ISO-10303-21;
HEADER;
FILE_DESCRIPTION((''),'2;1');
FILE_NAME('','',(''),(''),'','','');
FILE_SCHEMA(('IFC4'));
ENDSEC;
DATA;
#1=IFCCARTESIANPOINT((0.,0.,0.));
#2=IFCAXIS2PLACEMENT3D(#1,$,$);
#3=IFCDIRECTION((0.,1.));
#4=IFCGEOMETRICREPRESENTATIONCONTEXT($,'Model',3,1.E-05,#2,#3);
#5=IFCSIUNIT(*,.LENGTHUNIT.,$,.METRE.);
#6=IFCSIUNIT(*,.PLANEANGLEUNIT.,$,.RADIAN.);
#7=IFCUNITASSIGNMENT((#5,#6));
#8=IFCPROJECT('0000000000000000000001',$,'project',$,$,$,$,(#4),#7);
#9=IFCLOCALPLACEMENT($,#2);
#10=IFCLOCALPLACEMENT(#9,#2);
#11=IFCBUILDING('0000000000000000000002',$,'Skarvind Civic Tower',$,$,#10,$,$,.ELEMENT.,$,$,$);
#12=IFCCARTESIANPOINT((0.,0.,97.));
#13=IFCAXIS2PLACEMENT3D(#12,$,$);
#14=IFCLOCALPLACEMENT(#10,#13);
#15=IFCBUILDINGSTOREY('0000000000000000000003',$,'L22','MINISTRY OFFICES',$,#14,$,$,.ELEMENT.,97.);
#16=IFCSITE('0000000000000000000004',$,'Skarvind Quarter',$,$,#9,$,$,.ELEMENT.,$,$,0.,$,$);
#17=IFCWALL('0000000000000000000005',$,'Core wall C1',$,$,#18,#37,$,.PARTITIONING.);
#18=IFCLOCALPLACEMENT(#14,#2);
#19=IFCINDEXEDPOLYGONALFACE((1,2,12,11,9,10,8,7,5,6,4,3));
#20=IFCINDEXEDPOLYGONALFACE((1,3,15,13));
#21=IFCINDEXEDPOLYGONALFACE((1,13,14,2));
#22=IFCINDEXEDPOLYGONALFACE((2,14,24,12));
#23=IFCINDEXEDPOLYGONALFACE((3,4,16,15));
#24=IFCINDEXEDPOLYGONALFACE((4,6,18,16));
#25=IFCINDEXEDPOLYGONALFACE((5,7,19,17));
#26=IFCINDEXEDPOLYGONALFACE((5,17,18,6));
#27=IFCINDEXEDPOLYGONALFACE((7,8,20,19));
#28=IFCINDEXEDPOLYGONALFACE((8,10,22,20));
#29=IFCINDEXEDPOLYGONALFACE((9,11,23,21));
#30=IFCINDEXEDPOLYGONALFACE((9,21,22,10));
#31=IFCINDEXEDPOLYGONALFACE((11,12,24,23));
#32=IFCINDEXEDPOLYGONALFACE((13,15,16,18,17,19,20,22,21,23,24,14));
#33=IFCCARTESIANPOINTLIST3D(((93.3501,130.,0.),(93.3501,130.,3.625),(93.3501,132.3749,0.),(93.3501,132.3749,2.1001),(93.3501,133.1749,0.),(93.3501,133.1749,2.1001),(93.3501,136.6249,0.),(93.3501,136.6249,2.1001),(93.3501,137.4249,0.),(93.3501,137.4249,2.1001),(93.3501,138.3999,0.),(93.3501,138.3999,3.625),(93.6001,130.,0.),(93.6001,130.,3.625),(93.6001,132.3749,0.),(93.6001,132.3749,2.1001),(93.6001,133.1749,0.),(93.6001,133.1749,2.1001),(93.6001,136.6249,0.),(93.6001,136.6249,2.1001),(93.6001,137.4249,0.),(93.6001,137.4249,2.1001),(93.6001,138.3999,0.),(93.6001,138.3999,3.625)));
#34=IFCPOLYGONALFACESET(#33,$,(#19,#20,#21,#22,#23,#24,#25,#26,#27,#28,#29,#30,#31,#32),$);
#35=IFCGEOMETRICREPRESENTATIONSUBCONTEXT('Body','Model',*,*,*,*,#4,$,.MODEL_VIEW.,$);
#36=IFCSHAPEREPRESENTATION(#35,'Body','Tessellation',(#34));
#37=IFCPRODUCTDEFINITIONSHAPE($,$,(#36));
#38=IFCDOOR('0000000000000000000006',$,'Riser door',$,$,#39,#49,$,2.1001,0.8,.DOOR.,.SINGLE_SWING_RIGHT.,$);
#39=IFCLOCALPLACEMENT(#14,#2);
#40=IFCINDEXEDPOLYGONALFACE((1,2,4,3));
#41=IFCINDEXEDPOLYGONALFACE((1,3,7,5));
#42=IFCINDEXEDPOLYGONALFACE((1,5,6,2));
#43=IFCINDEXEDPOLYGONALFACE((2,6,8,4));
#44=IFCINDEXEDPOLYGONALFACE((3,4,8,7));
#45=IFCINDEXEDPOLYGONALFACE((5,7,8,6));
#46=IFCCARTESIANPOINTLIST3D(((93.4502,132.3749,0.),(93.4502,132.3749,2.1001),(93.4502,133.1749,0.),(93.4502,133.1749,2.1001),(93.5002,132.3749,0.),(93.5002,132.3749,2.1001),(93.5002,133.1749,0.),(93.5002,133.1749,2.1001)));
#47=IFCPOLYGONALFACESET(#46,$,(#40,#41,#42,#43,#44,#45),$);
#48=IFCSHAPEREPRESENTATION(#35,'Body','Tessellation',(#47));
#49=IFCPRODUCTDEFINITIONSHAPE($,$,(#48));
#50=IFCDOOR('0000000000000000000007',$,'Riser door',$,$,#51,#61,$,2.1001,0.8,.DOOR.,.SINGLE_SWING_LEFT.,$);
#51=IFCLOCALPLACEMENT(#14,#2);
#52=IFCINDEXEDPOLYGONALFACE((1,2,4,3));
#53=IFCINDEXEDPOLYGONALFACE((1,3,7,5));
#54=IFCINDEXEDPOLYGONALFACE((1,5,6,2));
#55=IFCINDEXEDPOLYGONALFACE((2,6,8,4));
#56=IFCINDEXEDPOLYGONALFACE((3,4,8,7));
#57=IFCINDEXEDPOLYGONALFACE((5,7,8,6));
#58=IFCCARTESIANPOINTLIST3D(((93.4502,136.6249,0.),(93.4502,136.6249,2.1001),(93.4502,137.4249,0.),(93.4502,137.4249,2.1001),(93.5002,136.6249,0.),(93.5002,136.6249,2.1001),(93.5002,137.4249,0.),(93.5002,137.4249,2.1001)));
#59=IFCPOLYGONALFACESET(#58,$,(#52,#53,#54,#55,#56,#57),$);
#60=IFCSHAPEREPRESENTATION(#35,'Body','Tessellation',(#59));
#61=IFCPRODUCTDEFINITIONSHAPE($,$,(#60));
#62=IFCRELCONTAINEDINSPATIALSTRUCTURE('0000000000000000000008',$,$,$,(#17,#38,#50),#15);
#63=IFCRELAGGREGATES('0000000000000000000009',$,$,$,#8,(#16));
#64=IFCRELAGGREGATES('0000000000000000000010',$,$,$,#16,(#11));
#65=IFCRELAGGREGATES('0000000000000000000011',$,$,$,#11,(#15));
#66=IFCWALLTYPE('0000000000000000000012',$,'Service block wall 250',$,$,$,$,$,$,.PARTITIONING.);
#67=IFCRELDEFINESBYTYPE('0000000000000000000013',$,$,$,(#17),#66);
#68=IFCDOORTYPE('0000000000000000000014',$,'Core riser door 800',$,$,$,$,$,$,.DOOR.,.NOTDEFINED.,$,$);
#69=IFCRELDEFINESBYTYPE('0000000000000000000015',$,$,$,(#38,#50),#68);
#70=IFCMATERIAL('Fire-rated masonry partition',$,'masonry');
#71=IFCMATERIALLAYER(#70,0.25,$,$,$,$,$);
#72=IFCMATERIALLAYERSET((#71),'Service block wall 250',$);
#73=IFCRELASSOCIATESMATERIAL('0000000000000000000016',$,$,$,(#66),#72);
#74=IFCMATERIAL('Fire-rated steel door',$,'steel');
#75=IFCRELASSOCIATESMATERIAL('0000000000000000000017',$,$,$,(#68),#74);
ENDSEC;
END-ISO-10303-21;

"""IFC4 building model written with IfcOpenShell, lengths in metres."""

from ifc_helpers import new_model, si_unit, direction, frame, frame_2d, origin, place, context, subcontext, project, spatial, rectangle, extrude, material, layer, layer_set, type_object, element, fill, save


model = new_model("IFC4")

# Units and contexts
model_context = context("Model", 3, precision=1e-05, world=origin(), true_north=direction((0.0, 1.0)))
body_context = subcontext(model_context, "Body", "Model", "MODEL_VIEW")
ifc_project = project(units=[si_unit("LENGTHUNIT", "METRE"), si_unit("PLANEANGLEUNIT", "RADIAN")], contexts=[model_context])

# Site, building, storey
site_placement = place(None, origin())
site = spatial("IfcSite", under=ifc_project, at=site_placement, Name="Skarvind Quarter", CompositionType="ELEMENT", RefElevation=0.0)
building_placement = place(site_placement, origin())
building = spatial("IfcBuilding", under=site, at=building_placement, Name="Skarvind Civic Tower", CompositionType="ELEMENT")
storey_placement = place(building_placement, frame((0.0, 0.0, 97.0)))
storey = spatial("IfcBuildingStorey", under=building, at=storey_placement, Name="L22", Description="MINISTRY OFFICES", CompositionType="ELEMENT", Elevation=97.0)

# Shared definitions
ifc_material_1 = material(Name="Fire-rated masonry partition", Category="masonry")
ifc_material_2 = material(Name="Fire-rated steel door", Category="steel")

# Wall, openings, doors
ifc_layer_1 = layer(ifc_material_1, 0.25)
ifc_layer_set_1 = layer_set([ifc_layer_1], Name="Service block wall 250")
wall_type_1 = type_object("IfcWallType", Name="Service block wall 250", PredefinedType="PARTITIONING", material=ifc_layer_set_1)
wall_1_placement = place(storey_placement, frame((93.4751, 130.0, 0.0), z_axis=(0.0, 0.0, 1.0), x_axis=(0.0, 1.0, 0.0)))
wall_1 = element("IfcWall", 1, at=wall_1_placement, inside=storey, type_object=wall_type_1, Name="Core wall C1", PredefinedType="PARTITIONING", context=body_context, shape_type="SweptSolid", body=[
    extrude(rectangle(XDim=8.3999, YDim=0.25, at=frame_2d((4.2, 0.0))), origin(), (0.0, 0.0, 1.0), 3.625),
])
opening_1_placement = place(wall_1_placement, frame((2.375, 0.0, 0.0)))
opening_1 = element("IfcOpeningElement", 2, at=opening_1_placement, cuts=wall_1, PredefinedType="OPENING", context=body_context, shape_type="SweptSolid", body=[
    extrude(rectangle(XDim=0.8, YDim=2.1001, at=frame_2d((0.3999, 1.05))), frame((0.0, 0.135, 0.0), z_axis=(0.0, -1.0, 0.0), x_axis=(1.0, 0.0, 0.0)), (0.0, 0.0, 1.0), 0.27),
])
opening_2_placement = place(wall_1_placement, frame((6.625, 0.0, 0.0)))
opening_2 = element("IfcOpeningElement", 3, at=opening_2_placement, cuts=wall_1, PredefinedType="OPENING", context=body_context, shape_type="SweptSolid", body=[
    extrude(rectangle(XDim=0.8, YDim=2.1001, at=frame_2d((0.3999, 1.05))), frame((0.0, 0.135, 0.0), z_axis=(0.0, -1.0, 0.0), x_axis=(1.0, 0.0, 0.0)), (0.0, 0.0, 1.0), 0.27),
])
door_type_1 = type_object("IfcDoorType", Name="Core riser door 800", OperationType="NOTDEFINED", PredefinedType="DOOR", material=ifc_material_2)
door_1_placement = place(opening_1_placement, origin())
door_1 = element("IfcDoor", 4, at=door_1_placement, inside=storey, type_object=door_type_1, Name="Riser door", OperationType="SINGLE_SWING_RIGHT", OverallHeight=2.1001, OverallWidth=0.8, PredefinedType="DOOR", context=body_context, shape_type="SweptSolid", body=[
    extrude(rectangle(XDim=0.8, YDim=2.1001, at=frame_2d((0.3999, 1.05))), frame((0.0, 0.0249, 0.0), z_axis=(0.0, -1.0, 0.0), x_axis=(1.0, 0.0, 0.0)), (0.0, 0.0, 1.0), 0.05),
])
fill(opening_1, door_1)
door_2_placement = place(opening_2_placement, origin())
door_2 = element("IfcDoor", 5, at=door_2_placement, inside=storey, type_object=door_type_1, Name="Riser door", OperationType="SINGLE_SWING_LEFT", OverallHeight=2.1001, OverallWidth=0.8, PredefinedType="DOOR", context=body_context, shape_type="SweptSolid", body=[
    extrude(rectangle(XDim=0.8, YDim=2.1001, at=frame_2d((0.3999, 1.05))), frame((0.0, 0.0249, 0.0), z_axis=(0.0, -1.0, 0.0), x_axis=(1.0, 0.0, 0.0)), (0.0, 0.0, 1.0), 0.05),
])
fill(opening_2, door_2)

save(model, "model.ifc")
